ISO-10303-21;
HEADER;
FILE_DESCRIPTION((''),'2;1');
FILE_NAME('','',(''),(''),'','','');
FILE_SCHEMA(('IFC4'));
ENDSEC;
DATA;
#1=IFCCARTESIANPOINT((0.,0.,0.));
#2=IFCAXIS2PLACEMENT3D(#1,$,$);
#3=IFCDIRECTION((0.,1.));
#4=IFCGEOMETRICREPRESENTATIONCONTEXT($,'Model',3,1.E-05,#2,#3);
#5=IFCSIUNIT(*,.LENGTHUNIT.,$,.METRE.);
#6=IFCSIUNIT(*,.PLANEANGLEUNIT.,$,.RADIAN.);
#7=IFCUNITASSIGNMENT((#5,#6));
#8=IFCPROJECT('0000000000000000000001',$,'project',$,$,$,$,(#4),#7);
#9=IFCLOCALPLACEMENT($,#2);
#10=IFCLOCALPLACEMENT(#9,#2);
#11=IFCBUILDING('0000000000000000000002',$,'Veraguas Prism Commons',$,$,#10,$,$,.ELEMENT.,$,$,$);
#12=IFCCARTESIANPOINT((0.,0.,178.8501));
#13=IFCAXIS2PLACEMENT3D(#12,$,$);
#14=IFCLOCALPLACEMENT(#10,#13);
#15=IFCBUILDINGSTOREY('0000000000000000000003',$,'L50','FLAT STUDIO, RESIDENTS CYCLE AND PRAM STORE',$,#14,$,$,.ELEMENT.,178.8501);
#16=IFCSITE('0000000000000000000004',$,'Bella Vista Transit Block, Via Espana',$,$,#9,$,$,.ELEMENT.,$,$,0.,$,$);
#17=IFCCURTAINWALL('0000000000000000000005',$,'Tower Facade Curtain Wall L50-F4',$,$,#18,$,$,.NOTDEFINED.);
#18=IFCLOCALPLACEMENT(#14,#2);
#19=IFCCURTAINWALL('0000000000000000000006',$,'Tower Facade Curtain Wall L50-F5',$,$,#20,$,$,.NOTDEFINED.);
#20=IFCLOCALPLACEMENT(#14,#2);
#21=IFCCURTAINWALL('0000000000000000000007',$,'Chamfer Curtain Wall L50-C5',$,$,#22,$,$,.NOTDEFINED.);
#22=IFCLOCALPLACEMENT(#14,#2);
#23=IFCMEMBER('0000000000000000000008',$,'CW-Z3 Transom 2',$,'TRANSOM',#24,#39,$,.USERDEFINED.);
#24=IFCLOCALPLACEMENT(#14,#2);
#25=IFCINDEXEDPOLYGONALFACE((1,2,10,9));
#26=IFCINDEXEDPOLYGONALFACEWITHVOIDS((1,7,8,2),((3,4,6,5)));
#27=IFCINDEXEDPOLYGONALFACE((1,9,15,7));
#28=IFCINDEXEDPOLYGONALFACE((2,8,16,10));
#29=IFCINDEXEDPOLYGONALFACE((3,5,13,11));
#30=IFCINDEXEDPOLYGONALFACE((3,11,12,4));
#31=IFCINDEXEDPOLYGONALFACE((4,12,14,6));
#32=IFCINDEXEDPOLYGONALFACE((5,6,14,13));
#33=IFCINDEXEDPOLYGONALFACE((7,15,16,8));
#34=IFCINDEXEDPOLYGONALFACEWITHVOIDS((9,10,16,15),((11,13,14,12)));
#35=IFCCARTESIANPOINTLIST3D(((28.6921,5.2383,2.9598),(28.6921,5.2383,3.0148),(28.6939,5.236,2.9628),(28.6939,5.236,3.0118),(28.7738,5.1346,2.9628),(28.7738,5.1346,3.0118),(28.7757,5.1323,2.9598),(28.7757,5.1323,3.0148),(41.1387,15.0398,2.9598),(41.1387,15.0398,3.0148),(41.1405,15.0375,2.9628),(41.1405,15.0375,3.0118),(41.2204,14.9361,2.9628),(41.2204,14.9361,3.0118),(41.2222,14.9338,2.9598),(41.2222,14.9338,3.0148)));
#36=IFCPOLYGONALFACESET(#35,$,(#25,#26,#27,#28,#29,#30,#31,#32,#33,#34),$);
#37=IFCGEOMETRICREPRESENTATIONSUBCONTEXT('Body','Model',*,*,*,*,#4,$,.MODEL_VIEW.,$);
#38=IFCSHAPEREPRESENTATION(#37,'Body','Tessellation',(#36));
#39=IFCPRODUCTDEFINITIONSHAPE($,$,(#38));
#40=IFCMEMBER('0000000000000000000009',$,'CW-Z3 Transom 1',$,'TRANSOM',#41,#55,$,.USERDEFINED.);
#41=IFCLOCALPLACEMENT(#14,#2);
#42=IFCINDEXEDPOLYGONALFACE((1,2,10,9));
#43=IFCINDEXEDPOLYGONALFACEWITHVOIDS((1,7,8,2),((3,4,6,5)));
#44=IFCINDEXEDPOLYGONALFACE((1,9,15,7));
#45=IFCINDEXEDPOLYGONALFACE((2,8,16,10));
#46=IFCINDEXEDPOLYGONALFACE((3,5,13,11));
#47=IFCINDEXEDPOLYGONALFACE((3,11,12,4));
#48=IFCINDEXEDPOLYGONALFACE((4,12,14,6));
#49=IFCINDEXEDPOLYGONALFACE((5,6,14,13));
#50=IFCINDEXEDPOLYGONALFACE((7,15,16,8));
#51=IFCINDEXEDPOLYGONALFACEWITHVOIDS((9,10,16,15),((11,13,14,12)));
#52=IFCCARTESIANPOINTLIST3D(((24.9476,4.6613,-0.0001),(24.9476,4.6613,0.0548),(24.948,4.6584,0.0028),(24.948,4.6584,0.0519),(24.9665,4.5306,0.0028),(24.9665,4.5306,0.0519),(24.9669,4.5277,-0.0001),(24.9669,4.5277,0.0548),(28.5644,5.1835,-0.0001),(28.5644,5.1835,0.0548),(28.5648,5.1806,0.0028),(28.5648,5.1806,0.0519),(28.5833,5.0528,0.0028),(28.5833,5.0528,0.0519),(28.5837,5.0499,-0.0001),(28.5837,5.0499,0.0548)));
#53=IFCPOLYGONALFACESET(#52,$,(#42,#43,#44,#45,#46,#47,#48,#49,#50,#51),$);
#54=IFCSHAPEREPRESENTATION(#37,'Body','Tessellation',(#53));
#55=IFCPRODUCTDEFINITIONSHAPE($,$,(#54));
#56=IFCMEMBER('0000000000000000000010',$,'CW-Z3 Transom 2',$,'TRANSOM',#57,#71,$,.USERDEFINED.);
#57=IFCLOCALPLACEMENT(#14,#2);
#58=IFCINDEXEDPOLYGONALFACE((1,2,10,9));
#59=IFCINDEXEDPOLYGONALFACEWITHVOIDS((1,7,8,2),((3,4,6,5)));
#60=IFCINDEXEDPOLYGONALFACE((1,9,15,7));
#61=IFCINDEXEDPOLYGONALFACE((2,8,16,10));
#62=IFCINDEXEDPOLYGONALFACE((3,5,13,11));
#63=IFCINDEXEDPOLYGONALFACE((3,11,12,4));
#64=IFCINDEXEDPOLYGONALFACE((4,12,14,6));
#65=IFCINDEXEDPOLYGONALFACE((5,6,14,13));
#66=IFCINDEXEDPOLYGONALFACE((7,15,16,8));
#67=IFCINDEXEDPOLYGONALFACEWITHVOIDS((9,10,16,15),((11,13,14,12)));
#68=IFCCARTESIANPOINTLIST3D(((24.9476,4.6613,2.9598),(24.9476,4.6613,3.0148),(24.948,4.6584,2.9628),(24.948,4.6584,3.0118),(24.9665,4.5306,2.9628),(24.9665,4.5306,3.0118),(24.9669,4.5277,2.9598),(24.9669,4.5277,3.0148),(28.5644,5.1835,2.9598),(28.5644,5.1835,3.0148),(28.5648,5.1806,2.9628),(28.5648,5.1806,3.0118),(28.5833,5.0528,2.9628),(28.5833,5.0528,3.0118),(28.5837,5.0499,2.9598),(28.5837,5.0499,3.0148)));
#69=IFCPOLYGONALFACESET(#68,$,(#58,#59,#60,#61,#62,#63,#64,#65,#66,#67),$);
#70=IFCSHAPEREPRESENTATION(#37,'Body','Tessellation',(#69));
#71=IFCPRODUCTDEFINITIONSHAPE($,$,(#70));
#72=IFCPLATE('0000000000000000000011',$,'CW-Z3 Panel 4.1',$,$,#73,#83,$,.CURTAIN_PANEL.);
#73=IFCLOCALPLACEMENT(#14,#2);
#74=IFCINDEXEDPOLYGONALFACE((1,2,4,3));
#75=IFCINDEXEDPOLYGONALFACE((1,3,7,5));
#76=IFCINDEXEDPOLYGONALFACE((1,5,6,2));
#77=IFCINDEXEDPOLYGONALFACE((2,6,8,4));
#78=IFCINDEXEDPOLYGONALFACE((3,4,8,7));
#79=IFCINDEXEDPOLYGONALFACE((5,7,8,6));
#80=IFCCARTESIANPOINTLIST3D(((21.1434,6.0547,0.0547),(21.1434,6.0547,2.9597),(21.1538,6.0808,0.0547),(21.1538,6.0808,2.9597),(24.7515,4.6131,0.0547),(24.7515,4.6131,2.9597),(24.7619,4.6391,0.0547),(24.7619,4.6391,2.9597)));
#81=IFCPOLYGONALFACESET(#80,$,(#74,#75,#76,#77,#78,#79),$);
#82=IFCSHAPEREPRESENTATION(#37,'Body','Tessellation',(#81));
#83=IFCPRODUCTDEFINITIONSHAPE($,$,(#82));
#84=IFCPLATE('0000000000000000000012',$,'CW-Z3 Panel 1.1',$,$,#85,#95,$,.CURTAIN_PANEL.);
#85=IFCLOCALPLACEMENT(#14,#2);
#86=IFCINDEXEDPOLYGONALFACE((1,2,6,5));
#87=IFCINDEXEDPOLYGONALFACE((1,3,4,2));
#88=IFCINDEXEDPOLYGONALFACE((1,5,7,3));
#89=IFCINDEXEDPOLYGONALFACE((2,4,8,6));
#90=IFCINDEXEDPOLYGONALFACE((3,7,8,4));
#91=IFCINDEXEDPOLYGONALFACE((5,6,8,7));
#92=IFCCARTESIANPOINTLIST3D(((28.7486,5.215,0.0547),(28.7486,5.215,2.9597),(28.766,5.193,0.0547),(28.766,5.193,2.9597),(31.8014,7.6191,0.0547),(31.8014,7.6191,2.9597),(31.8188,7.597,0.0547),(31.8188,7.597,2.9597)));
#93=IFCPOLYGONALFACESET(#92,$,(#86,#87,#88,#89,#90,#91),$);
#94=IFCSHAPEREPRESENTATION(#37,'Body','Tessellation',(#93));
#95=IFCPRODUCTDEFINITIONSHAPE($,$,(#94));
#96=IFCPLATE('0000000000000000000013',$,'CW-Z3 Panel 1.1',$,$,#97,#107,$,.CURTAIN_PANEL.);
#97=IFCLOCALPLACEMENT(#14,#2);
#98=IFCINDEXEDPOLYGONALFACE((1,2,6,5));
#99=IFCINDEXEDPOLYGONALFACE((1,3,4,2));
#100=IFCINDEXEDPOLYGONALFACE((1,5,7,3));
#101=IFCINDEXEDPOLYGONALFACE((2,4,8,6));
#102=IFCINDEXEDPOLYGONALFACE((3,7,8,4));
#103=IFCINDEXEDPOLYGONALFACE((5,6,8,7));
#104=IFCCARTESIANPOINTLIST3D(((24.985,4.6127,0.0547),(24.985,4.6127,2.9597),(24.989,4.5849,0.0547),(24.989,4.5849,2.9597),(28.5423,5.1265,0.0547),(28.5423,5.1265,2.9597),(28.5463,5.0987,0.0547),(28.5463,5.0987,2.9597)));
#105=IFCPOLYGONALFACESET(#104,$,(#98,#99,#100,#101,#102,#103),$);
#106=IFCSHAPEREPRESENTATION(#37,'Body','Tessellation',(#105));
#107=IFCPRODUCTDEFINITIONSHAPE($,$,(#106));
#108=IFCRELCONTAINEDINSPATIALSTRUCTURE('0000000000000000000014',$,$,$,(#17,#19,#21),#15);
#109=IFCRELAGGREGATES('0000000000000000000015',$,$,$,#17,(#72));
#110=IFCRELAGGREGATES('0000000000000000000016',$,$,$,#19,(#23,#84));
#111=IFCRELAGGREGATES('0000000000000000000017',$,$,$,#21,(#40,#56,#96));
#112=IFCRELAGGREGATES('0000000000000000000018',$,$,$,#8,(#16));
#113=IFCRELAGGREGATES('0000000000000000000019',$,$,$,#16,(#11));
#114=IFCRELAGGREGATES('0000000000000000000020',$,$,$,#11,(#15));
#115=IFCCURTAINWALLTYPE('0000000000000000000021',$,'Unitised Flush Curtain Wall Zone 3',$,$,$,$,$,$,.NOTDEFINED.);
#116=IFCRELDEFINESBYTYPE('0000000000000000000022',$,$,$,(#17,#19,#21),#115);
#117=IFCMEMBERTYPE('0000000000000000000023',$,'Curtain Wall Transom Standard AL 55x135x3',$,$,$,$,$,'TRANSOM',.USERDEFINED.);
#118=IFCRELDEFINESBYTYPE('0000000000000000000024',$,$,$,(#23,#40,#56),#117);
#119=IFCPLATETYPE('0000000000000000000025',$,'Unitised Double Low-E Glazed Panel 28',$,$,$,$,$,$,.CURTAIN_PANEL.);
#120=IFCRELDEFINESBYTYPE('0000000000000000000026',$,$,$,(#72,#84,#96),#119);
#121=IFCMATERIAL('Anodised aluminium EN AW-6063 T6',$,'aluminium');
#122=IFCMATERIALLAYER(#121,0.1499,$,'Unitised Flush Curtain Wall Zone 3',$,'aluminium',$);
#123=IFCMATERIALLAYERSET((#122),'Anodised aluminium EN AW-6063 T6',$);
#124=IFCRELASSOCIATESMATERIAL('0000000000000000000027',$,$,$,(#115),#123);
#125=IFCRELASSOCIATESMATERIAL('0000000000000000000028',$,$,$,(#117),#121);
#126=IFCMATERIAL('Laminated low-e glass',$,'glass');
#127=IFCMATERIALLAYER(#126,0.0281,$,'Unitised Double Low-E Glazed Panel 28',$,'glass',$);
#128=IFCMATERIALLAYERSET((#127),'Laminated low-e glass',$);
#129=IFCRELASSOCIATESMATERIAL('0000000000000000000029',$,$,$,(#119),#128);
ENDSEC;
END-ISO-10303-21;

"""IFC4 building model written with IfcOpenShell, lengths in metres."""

from ifc_helpers import new_model, si_unit, direction, frame, origin, origin_2d, place, context, subcontext, project, spatial, rectangle, hollow_rectangle, extrude, source, transform, mapped, material, layer, layer_set, material_profile, profile_set, type_object, element, aggregate, save


model = new_model("IFC4")

# Units and contexts
model_context = context("Model", 3, precision=1e-05, world=origin(), true_north=direction((0.0, 1.0)))
body_context = subcontext(model_context, "Body", "Model", "MODEL_VIEW")
ifc_project = project(units=[si_unit("LENGTHUNIT", "METRE"), si_unit("PLANEANGLEUNIT", "RADIAN")], contexts=[model_context])

# Site, building, storey
site_placement = place(None, origin())
site = spatial("IfcSite", under=ifc_project, at=site_placement, Name="Bella Vista Transit Block, Via Espana", CompositionType="ELEMENT", RefElevation=0.0)
building_placement = place(site_placement, origin())
building = spatial("IfcBuilding", under=site, at=building_placement, Name="Veraguas Prism Commons", CompositionType="ELEMENT")
storey_placement = place(building_placement, frame((0.0, 0.0, 178.8501)))
storey = spatial("IfcBuildingStorey", under=building, at=storey_placement, Name="L50", Description="FLAT STUDIO, RESIDENTS CYCLE AND PRAM STORE", CompositionType="ELEMENT", Elevation=178.8501)

# Curtain walls
ifc_material_1 = material(Name="Anodised aluminium EN AW-6063 T6", Category="aluminium")
ifc_layer_1 = layer(ifc_material_1, 0.1499, Name="Unitised Flush Curtain Wall Zone 3", Category="aluminium")
ifc_layer_set_1 = layer_set([ifc_layer_1], Name="Anodised aluminium EN AW-6063 T6")
curtain_wall_type = type_object("IfcCurtainWallType", Name="Unitised Flush Curtain Wall Zone 3", PredefinedType="NOTDEFINED", material=ifc_layer_set_1)
curtain_wall_1_placement = place(storey_placement, origin())
curtain_wall_1 = element("IfcCurtainWall", 1, at=curtain_wall_1_placement, inside=storey, type_object=curtain_wall_type, Name="Tower Facade Curtain Wall L50-F4", PredefinedType="NOTDEFINED")
curtain_wall_2_placement = place(storey_placement, origin())
curtain_wall_2 = element("IfcCurtainWall", 2, at=curtain_wall_2_placement, inside=storey, type_object=curtain_wall_type, Name="Tower Facade Curtain Wall L50-F5", PredefinedType="NOTDEFINED")

# Curtain wall
curtain_wall_3_placement = place(storey_placement, origin())
curtain_wall_3 = element("IfcCurtainWall", 3, at=curtain_wall_3_placement, inside=storey, type_object=curtain_wall_type, Name="Chamfer Curtain Wall L50-C5", PredefinedType="NOTDEFINED")

# Members
ifc_material_profile_1 = material_profile(ifc_material_1, hollow_rectangle(XDim=0.0549, YDim=0.135, WallThickness=0.0029, at=origin_2d()), Name="AL55X135X3")
ifc_profile_set_1 = profile_set([ifc_material_profile_1], Name="Anodised aluminium EN AW-6063 T6")
member_type_1 = type_object("IfcMemberType", Name="Curtain Wall Transom Standard AL 55x135x3", ElementType="TRANSOM", PredefinedType="USERDEFINED", material=ifc_profile_set_1)
shared_shape_1 = source(origin(), body_context, "Body", "SweptSolid", [
    extrude(hollow_rectangle(XDim=0.0549, YDim=0.135, WallThickness=0.0029, at=origin_2d()), origin(), (0.0, 0.0, 1.0), 15.8425),
])
member_1_placement = place(storey_placement, frame((28.7339, 5.1853, 2.9873), z_axis=(0.78564, 0.618683, 0.0), x_axis=(0.0, 0.0, 1.0)))
member_1 = element("IfcMember", 4, at=member_1_placement, type_object=member_type_1, Name="CW-Z3 Transom 2", ObjectType="TRANSOM", PredefinedType="USERDEFINED", context=body_context, shape_type="MappedRepresentation", body=[
    mapped(shared_shape_1, transform((0.0, 0.0, 0.0), scale=1.0)),
])
shared_shape_2 = source(origin(), body_context, "Body", "SweptSolid", [
    extrude(hollow_rectangle(XDim=0.0549, YDim=0.135, WallThickness=0.0029, at=origin_2d()), origin(), (0.0, 0.0, 1.0), 3.6543),
])
member_2_placement = place(storey_placement, frame((24.9573, 4.5945, 0.0273), z_axis=(0.989736, 0.142908, 0.0), x_axis=(0.0, 0.0, 1.0)))
member_2 = element("IfcMember", 5, at=member_2_placement, type_object=member_type_1, Name="CW-Z3 Transom 1", ObjectType="TRANSOM", PredefinedType="USERDEFINED", context=body_context, shape_type="MappedRepresentation", body=[
    mapped(shared_shape_2, transform((0.0, 0.0, 0.0), scale=1.0)),
])
member_3_placement = place(storey_placement, frame((24.9573, 4.5945, 2.9873), z_axis=(0.989736, 0.142908, 0.0), x_axis=(0.0, 0.0, 1.0)))
member_3 = element("IfcMember", 6, at=member_3_placement, type_object=member_type_1, Name="CW-Z3 Transom 2", ObjectType="TRANSOM", PredefinedType="USERDEFINED", context=body_context, shape_type="MappedRepresentation", body=[
    mapped(shared_shape_2, transform((0.0, 0.0, 0.0), scale=1.0)),
])

# Plates
ifc_material_2 = material(Name="Laminated low-e glass", Category="glass")
ifc_layer_2 = layer(ifc_material_2, 0.0281, Name="Unitised Double Low-E Glazed Panel 28", Category="glass")
ifc_layer_set_2 = layer_set([ifc_layer_2], Name="Laminated low-e glass")
plate_type = type_object("IfcPlateType", Name="Unitised Double Low-E Glazed Panel 28", PredefinedType="CURTAIN_PANEL", material=ifc_layer_set_2)
shared_shape_3 = source(origin(), body_context, "Body", "SweptSolid", [
    extrude(rectangle(XDim=3.8855, YDim=0.0281, at=origin_2d()), origin(), (0.0, 0.0, 1.0), 2.905),
])
plate_1_placement = place(storey_placement, frame((22.9526, 5.3469, 0.0547), z_axis=(0.0, 0.0, 1.0), x_axis=(0.928618, -0.371037, 0.0)))
plate_1 = element("IfcPlate", 7, at=plate_1_placement, type_object=plate_type, Name="CW-Z3 Panel 4.1", PredefinedType="CURTAIN_PANEL", context=body_context, shape_type="MappedRepresentation", body=[
    mapped(shared_shape_3, transform((0.0, 0.0, 0.0), scale=1.0)),
])
aggregate(curtain_wall_1, [plate_1])
shared_shape_4 = source(origin(), body_context, "Body", "SweptSolid", [
    extrude(rectangle(XDim=3.8857, YDim=0.0281, at=origin_2d()), origin(), (0.0, 0.0, 1.0), 2.905),
])
plate_2_placement = place(storey_placement, frame((30.2837, 6.406, 0.0547), z_axis=(0.0, 0.0, 1.0), x_axis=(0.785642, 0.618681, 0.0)))
plate_2 = element("IfcPlate", 8, at=plate_2_placement, type_object=plate_type, Name="CW-Z3 Panel 1.1", PredefinedType="CURTAIN_PANEL", context=body_context, shape_type="MappedRepresentation", body=[
    mapped(shared_shape_4, transform((0.0, 0.0, 0.0), scale=1.0)),
])
aggregate(curtain_wall_2, [member_1, plate_2])
shared_shape_5 = source(origin(), body_context, "Body", "SweptSolid", [
    extrude(rectangle(XDim=3.5942, YDim=0.0281, at=origin_2d()), origin(), (0.0, 0.0, 1.0), 2.905),
])
plate_3_placement = place(storey_placement, frame((26.7656, 4.8557, 0.0547), z_axis=(0.0, 0.0, 1.0), x_axis=(0.989729, 0.142959, 0.0)))
plate_3 = element("IfcPlate", 9, at=plate_3_placement, type_object=plate_type, Name="CW-Z3 Panel 1.1", PredefinedType="CURTAIN_PANEL", context=body_context, shape_type="MappedRepresentation", body=[
    mapped(shared_shape_5, transform((0.0, 0.0, 0.0), scale=1.0)),
])
aggregate(curtain_wall_3, [member_2, member_3, plate_3])

save(model, "model.ifc")
